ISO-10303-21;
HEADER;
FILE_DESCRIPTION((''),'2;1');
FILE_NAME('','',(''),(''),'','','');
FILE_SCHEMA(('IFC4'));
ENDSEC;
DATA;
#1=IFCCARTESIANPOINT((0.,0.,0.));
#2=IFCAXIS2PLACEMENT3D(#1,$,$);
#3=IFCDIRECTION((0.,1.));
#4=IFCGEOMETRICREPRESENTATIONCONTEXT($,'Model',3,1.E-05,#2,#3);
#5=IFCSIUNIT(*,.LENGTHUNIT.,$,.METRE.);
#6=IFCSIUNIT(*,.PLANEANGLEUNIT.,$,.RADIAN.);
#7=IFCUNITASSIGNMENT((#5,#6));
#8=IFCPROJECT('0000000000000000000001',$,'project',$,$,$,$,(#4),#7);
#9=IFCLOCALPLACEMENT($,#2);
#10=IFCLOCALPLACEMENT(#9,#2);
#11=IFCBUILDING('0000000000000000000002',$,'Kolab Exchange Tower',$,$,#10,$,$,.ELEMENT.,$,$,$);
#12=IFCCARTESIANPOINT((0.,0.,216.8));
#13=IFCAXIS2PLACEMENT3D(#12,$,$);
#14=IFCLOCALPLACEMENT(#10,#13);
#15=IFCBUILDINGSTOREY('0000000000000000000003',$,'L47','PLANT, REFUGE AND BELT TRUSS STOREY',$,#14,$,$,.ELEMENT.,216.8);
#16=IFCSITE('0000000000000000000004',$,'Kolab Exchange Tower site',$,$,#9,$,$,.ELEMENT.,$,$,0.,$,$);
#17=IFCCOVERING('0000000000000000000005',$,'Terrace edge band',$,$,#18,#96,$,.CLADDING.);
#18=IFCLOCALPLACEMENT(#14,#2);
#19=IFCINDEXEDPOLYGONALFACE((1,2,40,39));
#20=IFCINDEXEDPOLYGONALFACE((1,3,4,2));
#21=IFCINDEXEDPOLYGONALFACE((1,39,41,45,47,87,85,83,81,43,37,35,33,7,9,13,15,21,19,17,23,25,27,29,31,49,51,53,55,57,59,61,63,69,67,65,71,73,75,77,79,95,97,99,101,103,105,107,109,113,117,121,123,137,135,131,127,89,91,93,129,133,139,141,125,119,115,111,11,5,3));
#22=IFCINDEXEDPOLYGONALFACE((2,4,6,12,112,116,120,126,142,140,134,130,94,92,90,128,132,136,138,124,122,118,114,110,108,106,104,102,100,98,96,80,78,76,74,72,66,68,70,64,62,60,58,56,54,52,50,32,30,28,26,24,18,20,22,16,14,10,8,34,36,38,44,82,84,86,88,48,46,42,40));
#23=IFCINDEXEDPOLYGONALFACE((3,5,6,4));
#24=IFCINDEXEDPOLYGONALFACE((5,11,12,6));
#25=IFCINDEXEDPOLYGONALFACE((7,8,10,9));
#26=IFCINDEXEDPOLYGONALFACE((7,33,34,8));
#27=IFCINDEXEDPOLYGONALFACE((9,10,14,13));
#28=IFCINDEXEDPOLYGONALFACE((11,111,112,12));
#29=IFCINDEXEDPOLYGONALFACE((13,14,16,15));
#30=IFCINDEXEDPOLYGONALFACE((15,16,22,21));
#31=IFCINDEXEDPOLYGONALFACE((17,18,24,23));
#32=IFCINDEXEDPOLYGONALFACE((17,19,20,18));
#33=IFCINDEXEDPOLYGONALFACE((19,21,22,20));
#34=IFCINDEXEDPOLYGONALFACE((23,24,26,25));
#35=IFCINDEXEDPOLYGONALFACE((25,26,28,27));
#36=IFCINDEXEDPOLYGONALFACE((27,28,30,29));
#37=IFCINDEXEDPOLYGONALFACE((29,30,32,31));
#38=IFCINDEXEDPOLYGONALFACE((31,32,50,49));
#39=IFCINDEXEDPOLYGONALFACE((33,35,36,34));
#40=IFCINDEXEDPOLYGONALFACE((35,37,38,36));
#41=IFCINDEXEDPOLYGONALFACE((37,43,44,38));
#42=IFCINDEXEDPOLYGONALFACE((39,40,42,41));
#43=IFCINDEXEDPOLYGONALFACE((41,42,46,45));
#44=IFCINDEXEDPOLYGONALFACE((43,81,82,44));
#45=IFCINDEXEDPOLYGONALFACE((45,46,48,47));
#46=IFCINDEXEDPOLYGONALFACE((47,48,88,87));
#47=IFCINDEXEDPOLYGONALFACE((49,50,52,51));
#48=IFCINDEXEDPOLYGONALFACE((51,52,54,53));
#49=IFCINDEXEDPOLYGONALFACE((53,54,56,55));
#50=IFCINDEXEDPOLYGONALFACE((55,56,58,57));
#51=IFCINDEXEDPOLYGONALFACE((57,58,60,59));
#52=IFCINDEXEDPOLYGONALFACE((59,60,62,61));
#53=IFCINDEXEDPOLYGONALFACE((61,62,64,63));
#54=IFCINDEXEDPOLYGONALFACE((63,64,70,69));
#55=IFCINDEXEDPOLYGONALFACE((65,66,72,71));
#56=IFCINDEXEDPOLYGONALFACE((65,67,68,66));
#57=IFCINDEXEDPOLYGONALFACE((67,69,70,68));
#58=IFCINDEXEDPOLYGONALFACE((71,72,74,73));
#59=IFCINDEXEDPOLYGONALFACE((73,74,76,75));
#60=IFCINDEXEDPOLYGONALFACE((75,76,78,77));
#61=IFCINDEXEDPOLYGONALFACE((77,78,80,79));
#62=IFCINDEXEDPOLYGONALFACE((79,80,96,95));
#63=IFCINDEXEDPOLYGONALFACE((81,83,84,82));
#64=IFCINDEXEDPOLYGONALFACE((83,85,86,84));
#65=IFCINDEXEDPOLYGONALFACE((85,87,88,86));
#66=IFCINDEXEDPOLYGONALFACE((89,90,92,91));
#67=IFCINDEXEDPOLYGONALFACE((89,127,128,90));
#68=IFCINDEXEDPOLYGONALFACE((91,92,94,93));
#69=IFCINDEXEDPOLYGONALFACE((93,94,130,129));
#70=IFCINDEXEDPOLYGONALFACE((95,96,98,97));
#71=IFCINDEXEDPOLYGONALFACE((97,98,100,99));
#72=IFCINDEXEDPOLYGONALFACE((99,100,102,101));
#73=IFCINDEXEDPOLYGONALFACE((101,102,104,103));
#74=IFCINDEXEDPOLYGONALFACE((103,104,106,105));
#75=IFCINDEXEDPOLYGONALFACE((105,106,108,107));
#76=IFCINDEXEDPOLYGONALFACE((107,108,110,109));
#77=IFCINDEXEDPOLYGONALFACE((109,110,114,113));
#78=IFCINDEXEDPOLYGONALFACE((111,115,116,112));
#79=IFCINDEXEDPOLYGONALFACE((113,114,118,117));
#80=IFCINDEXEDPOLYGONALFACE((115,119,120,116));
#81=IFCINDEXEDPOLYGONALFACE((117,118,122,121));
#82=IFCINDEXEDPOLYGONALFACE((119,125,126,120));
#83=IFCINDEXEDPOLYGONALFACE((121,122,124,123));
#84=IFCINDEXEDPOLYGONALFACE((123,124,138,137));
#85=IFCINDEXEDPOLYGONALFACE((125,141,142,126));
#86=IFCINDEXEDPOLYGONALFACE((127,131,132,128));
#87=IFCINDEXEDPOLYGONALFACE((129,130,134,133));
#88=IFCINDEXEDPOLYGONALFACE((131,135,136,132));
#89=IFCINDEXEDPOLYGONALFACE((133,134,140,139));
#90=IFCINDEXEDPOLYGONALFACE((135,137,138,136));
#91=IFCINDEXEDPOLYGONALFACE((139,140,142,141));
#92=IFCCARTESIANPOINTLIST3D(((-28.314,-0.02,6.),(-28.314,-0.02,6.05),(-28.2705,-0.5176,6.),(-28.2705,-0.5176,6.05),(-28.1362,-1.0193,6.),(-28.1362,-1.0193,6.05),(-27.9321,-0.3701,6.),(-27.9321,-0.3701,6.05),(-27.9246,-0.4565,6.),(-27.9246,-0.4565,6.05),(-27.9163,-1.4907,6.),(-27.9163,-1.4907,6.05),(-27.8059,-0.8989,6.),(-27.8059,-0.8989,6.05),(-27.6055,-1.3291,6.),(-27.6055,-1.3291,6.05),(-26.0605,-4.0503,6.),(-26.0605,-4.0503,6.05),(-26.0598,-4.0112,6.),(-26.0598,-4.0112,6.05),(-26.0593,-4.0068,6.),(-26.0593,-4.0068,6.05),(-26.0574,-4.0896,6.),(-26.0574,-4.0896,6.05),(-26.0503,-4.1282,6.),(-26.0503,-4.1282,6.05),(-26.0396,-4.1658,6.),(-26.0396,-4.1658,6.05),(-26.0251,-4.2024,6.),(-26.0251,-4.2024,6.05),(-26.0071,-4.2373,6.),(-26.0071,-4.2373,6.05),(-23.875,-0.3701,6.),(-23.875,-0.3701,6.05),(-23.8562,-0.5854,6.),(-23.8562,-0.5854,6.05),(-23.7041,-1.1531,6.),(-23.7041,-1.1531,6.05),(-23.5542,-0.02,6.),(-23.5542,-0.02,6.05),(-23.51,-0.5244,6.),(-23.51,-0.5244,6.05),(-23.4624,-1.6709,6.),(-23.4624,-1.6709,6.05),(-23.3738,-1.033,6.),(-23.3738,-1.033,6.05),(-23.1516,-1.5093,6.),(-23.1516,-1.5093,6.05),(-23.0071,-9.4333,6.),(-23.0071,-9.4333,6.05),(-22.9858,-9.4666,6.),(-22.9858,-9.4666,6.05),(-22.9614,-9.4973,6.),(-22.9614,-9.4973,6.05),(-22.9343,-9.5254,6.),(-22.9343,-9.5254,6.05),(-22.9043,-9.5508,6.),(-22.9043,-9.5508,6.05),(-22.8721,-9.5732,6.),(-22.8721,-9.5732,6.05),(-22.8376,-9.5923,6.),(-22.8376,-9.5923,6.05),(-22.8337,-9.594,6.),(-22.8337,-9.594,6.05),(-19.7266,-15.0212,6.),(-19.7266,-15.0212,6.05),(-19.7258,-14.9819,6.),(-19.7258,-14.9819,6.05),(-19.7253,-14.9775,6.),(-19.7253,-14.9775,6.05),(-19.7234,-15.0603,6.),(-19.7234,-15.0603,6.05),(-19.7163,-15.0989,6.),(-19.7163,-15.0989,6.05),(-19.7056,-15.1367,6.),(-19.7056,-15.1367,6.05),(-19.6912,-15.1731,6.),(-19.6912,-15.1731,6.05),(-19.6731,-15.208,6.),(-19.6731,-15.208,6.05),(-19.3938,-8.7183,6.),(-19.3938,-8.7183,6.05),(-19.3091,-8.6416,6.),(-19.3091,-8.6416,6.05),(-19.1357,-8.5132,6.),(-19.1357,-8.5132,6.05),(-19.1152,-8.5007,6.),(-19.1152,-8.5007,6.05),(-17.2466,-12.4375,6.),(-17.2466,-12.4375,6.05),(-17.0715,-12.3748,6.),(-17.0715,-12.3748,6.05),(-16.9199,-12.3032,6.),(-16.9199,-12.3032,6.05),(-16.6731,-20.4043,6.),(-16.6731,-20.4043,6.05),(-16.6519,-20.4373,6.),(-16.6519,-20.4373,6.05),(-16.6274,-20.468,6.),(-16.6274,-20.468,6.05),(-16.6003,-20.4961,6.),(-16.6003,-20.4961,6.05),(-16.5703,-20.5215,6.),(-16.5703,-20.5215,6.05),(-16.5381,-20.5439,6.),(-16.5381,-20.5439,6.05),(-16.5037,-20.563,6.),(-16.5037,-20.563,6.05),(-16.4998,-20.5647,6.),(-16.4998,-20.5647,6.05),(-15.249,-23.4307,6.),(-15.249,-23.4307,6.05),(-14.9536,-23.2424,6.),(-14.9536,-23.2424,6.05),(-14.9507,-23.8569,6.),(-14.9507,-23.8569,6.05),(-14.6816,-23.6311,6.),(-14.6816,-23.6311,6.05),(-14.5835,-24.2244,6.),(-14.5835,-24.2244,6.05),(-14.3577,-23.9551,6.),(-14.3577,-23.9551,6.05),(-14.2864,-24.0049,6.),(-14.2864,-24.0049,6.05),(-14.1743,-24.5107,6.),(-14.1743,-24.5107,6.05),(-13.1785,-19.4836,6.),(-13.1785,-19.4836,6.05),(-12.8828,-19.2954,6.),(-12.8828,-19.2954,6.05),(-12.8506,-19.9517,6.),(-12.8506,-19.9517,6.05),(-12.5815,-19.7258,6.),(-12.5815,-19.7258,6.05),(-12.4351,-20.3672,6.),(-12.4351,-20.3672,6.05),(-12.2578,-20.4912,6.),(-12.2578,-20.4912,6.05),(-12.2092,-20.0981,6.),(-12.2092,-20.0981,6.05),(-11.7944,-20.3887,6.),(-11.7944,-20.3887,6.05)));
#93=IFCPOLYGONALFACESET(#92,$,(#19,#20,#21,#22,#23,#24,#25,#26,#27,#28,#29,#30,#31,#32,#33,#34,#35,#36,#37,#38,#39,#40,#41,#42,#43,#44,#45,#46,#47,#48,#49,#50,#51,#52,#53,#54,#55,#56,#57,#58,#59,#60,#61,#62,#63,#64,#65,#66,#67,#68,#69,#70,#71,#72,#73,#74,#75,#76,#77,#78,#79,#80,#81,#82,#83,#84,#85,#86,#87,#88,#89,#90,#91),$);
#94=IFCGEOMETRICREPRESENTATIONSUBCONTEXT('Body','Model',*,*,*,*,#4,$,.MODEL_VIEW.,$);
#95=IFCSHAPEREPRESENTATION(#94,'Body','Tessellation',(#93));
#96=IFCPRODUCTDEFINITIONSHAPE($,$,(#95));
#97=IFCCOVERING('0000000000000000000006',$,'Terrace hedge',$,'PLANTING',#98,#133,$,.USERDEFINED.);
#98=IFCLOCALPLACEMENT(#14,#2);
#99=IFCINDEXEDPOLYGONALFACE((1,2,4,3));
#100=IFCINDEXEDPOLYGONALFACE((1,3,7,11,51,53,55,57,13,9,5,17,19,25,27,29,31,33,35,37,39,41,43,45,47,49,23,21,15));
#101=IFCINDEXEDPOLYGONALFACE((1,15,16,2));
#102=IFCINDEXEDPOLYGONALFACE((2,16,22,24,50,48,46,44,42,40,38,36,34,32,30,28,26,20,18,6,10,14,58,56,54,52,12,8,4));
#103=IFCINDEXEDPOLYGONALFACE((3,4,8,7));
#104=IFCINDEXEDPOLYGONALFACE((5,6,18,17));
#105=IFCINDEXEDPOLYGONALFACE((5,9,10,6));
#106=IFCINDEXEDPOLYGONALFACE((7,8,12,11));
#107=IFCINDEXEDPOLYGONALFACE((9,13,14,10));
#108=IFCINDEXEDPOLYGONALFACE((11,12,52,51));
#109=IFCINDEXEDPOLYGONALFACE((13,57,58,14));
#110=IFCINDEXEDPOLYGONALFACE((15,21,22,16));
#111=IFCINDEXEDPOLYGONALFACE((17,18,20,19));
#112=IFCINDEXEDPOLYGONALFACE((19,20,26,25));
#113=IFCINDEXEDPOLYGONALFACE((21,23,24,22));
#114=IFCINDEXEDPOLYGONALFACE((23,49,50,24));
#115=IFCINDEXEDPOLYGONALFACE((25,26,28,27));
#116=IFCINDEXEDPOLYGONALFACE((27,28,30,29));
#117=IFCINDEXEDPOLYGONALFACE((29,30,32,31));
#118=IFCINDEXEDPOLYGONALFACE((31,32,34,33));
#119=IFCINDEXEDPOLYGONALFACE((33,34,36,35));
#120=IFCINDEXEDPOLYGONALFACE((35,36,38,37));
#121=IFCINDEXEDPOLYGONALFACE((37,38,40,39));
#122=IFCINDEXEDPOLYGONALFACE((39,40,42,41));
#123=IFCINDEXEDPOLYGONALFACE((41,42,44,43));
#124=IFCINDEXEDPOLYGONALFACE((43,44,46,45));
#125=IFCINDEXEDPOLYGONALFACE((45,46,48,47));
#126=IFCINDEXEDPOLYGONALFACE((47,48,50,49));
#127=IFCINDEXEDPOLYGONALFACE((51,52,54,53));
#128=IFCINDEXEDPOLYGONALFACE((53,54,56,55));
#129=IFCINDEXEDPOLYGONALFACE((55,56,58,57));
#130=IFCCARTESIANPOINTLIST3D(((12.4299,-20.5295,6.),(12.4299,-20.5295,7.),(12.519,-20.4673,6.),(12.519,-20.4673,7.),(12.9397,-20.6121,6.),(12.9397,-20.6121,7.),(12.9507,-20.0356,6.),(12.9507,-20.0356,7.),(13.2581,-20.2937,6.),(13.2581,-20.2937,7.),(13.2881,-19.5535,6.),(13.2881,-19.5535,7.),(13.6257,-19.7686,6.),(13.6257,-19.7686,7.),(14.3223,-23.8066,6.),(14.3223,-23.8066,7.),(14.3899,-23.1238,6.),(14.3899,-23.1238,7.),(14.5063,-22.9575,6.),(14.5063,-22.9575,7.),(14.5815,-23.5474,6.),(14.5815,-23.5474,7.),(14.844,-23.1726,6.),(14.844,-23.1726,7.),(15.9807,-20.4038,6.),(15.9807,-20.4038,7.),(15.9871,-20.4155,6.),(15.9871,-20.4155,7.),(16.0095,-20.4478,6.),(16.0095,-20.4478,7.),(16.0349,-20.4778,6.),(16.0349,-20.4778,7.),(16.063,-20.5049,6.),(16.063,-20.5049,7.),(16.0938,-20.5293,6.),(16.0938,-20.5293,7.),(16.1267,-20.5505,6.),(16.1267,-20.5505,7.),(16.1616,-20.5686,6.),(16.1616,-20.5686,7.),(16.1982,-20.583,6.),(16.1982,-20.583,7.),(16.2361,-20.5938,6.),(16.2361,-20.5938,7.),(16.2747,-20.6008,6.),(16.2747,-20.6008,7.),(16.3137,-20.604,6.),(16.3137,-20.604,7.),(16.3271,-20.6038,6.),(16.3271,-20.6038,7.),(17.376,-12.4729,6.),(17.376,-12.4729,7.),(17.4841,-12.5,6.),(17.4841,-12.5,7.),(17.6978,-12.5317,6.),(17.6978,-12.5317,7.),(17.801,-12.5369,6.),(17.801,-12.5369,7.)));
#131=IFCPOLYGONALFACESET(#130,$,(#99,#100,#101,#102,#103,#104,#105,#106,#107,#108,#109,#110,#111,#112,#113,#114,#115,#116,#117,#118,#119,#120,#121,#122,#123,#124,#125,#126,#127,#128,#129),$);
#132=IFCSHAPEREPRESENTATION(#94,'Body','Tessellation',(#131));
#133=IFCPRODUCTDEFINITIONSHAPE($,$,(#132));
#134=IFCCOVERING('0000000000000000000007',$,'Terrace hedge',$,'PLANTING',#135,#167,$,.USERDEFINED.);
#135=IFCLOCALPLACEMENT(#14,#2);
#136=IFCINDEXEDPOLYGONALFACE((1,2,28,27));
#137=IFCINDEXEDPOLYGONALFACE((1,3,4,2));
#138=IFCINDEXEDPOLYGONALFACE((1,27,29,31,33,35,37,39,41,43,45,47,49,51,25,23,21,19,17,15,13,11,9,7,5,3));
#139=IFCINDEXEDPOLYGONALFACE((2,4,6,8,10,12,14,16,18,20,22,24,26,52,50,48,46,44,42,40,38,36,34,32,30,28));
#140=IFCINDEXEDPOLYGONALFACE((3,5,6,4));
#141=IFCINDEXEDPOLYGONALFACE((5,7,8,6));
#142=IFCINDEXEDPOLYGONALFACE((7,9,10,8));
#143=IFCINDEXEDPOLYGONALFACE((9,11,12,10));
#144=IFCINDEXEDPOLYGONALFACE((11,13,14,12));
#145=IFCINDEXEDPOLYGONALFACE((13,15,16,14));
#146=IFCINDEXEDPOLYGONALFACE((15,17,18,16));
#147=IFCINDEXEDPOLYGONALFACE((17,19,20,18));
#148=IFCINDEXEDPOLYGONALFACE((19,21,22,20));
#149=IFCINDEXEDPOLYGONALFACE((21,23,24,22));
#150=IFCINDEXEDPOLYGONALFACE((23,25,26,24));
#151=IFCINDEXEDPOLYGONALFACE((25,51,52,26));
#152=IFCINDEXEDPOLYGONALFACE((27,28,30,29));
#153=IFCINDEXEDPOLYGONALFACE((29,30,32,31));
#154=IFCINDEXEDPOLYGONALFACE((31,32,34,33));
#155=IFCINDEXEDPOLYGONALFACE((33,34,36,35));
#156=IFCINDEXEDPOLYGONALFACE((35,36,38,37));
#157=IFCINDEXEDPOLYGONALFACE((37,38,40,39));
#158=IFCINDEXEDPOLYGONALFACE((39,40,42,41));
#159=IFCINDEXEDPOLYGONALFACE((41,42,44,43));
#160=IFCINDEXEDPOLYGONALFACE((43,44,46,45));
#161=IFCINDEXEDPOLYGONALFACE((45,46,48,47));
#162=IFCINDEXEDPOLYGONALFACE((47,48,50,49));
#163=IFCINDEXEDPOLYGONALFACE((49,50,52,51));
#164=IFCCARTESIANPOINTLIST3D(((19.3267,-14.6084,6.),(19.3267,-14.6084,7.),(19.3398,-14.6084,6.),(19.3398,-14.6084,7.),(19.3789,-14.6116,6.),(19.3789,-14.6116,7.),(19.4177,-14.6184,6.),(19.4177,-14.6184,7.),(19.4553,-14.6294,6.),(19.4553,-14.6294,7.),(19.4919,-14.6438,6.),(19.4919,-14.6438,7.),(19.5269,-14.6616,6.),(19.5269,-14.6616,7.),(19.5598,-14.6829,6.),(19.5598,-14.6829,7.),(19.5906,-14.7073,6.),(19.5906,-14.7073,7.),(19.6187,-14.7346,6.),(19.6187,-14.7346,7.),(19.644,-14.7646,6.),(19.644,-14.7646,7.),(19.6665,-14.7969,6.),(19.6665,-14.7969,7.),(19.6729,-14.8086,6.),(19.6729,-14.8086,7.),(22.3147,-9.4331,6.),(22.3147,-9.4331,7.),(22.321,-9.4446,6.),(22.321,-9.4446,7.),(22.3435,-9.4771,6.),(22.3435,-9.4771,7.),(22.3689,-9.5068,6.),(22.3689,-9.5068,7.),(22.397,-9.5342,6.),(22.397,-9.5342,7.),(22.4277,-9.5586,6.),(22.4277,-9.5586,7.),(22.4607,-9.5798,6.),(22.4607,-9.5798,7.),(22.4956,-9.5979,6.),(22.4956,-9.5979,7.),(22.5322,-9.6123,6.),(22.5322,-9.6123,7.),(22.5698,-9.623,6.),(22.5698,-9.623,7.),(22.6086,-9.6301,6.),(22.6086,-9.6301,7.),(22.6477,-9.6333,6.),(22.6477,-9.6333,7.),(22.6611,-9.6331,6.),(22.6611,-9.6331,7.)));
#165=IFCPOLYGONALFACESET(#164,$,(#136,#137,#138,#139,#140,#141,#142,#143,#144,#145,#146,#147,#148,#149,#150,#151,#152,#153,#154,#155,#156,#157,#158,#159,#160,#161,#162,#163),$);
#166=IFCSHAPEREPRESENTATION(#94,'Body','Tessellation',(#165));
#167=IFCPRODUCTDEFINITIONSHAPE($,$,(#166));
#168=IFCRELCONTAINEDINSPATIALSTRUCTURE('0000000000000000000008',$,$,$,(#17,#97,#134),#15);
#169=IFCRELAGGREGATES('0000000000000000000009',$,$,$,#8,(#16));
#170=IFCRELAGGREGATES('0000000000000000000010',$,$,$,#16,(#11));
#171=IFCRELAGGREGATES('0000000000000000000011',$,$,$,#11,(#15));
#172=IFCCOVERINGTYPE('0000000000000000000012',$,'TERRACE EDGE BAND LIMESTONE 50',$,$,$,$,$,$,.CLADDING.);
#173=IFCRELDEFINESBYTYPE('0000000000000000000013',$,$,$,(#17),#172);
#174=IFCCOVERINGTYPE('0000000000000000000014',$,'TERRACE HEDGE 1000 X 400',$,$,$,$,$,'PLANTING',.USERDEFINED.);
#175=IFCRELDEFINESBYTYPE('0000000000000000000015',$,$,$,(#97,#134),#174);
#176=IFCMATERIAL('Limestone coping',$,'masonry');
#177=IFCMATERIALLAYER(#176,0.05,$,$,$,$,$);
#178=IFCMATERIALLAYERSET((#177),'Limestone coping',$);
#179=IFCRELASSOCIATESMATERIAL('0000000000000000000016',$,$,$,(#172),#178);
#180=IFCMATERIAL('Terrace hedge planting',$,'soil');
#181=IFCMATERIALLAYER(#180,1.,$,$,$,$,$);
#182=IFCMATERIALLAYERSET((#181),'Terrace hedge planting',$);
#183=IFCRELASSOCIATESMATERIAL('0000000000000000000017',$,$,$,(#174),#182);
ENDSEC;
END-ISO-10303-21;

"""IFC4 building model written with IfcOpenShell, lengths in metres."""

from ifc_helpers import new_model, si_unit, direction, frame, origin, place, context, subcontext, project, spatial, polyline, outline, extrude, material, layer, layer_set, type_object, element, save


model = new_model("IFC4")

# Units and contexts
model_context = context("Model", 3, precision=1e-05, world=origin(), true_north=direction((0.0, 1.0)))
body_context = subcontext(model_context, "Body", "Model", "MODEL_VIEW")
ifc_project = project(units=[si_unit("LENGTHUNIT", "METRE"), si_unit("PLANEANGLEUNIT", "RADIAN")], contexts=[model_context])

# Site, building, storey
site_placement = place(None, origin())
site = spatial("IfcSite", under=ifc_project, at=site_placement, Name="Kolab Exchange Tower site", CompositionType="ELEMENT", RefElevation=0.0)
building_placement = place(site_placement, origin())
building = spatial("IfcBuilding", under=site, at=building_placement, Name="Kolab Exchange Tower", CompositionType="ELEMENT")
storey_placement = place(building_placement, frame((0.0, 0.0, 216.8)))
storey = spatial("IfcBuildingStorey", under=building, at=storey_placement, Name="L47", Description="PLANT, REFUGE AND BELT TRUSS STOREY", CompositionType="ELEMENT", Elevation=216.8)

# Coverings
ifc_material_1 = material(Name="Limestone coping", Category="masonry")
ifc_layer_1 = layer(ifc_material_1, 0.05)
ifc_layer_set_1 = layer_set([ifc_layer_1], Name="Limestone coping")
covering_type_1 = type_object("IfcCoveringType", Name="TERRACE EDGE BAND LIMESTONE 50", PredefinedType="CLADDING", material=ifc_layer_set_1)
covering_1_placement = place(storey_placement, frame((0.0, 0.0, 6.0)))
element("IfcCovering", 1, at=covering_1_placement, inside=storey, type_object=covering_type_1, Name="Terrace edge band", PredefinedType="CLADDING", context=body_context, shape_type="SweptSolid", body=[
    extrude(outline(polyline([(-14.9507, -23.8569), (-15.249, -23.4307), (-27.9163, -1.4907), (-28.1362, -1.0193), (-28.2705, -0.5176), (-28.314, -0.02), (-23.5542, -0.02), (-23.51, -0.5244), (-23.3738, -1.033), (-23.1516, -1.5093), (-19.1152, -8.5007), (-19.1357, -8.5132), (-19.3091, -8.6416), (-19.3938, -8.7183), (-23.4624, -1.6709), (-23.7041, -1.1531), (-23.8562, -0.5854), (-23.875, -0.3701), (-27.9321, -0.3701), (-27.9246, -0.4565), (-27.8059, -0.8989), (-27.6055, -1.3291), (-26.0593, -4.0068), (-26.0598, -4.0112), (-26.0605, -4.0503), (-26.0574, -4.0896), (-26.0503, -4.1282), (-26.0396, -4.1658), (-26.0251, -4.2024), (-26.0071, -4.2373), (-23.0071, -9.4333), (-22.9858, -9.4666), (-22.9614, -9.4973), (-22.9343, -9.5254), (-22.9043, -9.5508), (-22.8721, -9.5732), (-22.8376, -9.5923), (-22.8337, -9.594), (-19.7253, -14.9775), (-19.7258, -14.9819), (-19.7266, -15.0212), (-19.7234, -15.0603), (-19.7163, -15.0989), (-19.7056, -15.1367), (-19.6912, -15.1731), (-19.6731, -15.208), (-16.6731, -20.4043), (-16.6519, -20.4373), (-16.6274, -20.468), (-16.6003, -20.4961), (-16.5703, -20.5215), (-16.5381, -20.5439), (-16.5037, -20.563), (-16.4998, -20.5647), (-14.9536, -23.2424), (-14.6816, -23.6311), (-14.3577, -23.9551), (-14.2864, -24.0049), (-12.2578, -20.4912), (-12.4351, -20.3672), (-12.8506, -19.9517), (-13.1785, -19.4836), (-17.2466, -12.4375), (-17.0715, -12.3748), (-16.9199, -12.3032), (-12.8828, -19.2954), (-12.5815, -19.7258), (-12.2092, -20.0981), (-11.7944, -20.3887), (-14.1743, -24.5107), (-14.5835, -24.2244), (-14.9507, -23.8569)])), origin(), (0.0, 0.0, 1.0), 0.05),
])
ifc_material_2 = material(Name="Terrace hedge planting", Category="soil")
ifc_layer_2 = layer(ifc_material_2, 1.0)
ifc_layer_set_2 = layer_set([ifc_layer_2], Name="Terrace hedge planting")
covering_type_2 = type_object("IfcCoveringType", Name="TERRACE HEDGE 1000 X 400", ElementType="PLANTING", PredefinedType="USERDEFINED", material=ifc_layer_set_2)
covering_2_placement = place(storey_placement, frame((0.0, 0.0, 6.0)))
element("IfcCovering", 2, at=covering_2_placement, inside=storey, type_object=covering_type_2, Name="Terrace hedge", ObjectType="PLANTING", PredefinedType="USERDEFINED", context=body_context, shape_type="SweptSolid", body=[
    extrude(outline(polyline([(12.519, -20.4673), (12.9507, -20.0356), (13.2881, -19.5535), (17.376, -12.4729), (17.4841, -12.5), (17.6978, -12.5317), (17.801, -12.5369), (13.6257, -19.7686), (13.2581, -20.2937), (12.9397, -20.6121), (14.3899, -23.1238), (14.5063, -22.9575), (15.9807, -20.4038), (15.9871, -20.4155), (16.0095, -20.4478), (16.0349, -20.4778), (16.063, -20.5049), (16.0938, -20.5293), (16.1267, -20.5505), (16.1616, -20.5686), (16.1982, -20.583), (16.2361, -20.5938), (16.2747, -20.6008), (16.3137, -20.604), (16.3271, -20.6038), (14.844, -23.1726), (14.5815, -23.5474), (14.3223, -23.8066), (12.4299, -20.5295), (12.519, -20.4673)])), origin(), (0.0, 0.0, 1.0), 1.0),
])
covering_3_placement = place(storey_placement, frame((0.0, 0.0, 6.0)))
element("IfcCovering", 3, at=covering_3_placement, inside=storey, type_object=covering_type_2, Name="Terrace hedge", ObjectType="PLANTING", PredefinedType="USERDEFINED", context=body_context, shape_type="SweptSolid", body=[
    extrude(outline(polyline([(19.6729, -14.8086), (19.6665, -14.7969), (19.644, -14.7646), (19.6187, -14.7346), (19.5906, -14.7073), (19.5598, -14.6829), (19.5269, -14.6616), (19.4919, -14.6438), (19.4553, -14.6294), (19.4177, -14.6184), (19.3789, -14.6116), (19.3398, -14.6084), (19.3267, -14.6084), (22.3147, -9.4331), (22.321, -9.4446), (22.3435, -9.4771), (22.3689, -9.5068), (22.397, -9.5342), (22.4277, -9.5586), (22.4607, -9.5798), (22.4956, -9.5979), (22.5322, -9.6123), (22.5698, -9.623), (22.6086, -9.6301), (22.6477, -9.6333), (22.6611, -9.6331), (19.6729, -14.8086)])), origin(), (0.0, 0.0, 1.0), 1.0),
])

save(model, "model.ifc")
